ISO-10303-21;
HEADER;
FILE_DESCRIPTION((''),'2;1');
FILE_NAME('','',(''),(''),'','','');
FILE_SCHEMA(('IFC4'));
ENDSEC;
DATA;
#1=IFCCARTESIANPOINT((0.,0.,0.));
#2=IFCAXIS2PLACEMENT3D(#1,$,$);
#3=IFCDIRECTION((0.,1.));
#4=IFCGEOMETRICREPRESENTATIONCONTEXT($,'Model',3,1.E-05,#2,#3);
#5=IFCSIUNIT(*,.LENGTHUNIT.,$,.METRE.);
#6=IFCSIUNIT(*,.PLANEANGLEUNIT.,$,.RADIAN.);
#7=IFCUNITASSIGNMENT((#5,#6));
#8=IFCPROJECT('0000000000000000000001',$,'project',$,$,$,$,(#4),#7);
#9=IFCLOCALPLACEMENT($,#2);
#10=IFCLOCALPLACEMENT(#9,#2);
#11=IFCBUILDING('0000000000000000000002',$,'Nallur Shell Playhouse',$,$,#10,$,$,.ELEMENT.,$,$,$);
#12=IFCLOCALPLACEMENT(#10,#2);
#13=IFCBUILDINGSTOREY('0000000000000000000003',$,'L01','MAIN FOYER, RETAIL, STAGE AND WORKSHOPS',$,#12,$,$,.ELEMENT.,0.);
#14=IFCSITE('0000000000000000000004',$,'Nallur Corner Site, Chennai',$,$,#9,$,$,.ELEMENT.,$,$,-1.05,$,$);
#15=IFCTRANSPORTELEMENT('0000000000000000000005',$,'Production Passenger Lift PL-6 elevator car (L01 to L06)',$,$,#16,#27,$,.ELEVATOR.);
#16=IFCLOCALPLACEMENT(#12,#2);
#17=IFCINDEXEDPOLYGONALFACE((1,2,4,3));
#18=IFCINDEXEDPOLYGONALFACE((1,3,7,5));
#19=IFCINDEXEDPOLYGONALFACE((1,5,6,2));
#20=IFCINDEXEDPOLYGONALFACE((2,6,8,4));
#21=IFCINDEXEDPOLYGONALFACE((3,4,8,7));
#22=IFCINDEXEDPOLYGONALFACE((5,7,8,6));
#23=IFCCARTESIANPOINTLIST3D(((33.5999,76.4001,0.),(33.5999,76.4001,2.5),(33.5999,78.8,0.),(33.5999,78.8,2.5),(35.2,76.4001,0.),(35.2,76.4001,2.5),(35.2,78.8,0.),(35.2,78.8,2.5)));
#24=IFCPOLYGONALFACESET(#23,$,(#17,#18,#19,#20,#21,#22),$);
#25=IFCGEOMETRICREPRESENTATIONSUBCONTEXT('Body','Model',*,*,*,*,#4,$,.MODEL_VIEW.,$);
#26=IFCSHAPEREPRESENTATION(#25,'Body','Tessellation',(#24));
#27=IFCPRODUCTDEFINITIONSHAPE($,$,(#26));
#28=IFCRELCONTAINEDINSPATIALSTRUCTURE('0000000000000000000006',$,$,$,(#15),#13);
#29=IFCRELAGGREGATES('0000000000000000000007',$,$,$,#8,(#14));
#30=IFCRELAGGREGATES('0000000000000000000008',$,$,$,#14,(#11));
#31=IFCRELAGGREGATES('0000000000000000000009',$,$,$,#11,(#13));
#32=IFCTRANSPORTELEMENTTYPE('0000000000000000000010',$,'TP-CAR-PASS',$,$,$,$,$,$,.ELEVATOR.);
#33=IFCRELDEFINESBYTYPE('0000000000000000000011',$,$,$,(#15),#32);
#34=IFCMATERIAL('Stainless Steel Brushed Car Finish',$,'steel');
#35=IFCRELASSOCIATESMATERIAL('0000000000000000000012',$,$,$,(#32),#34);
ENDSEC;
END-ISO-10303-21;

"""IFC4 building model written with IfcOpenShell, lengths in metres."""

from ifc_helpers import new_model, si_unit, direction, frame, origin, origin_2d, place, context, subcontext, project, spatial, rectangle, extrude, material, type_object, element, save


model = new_model("IFC4")

# Units and contexts
model_context = context("Model", 3, precision=1e-05, world=origin(), true_north=direction((0.0, 1.0)))
body_context = subcontext(model_context, "Body", "Model", "MODEL_VIEW")
ifc_project = project(units=[si_unit("LENGTHUNIT", "METRE"), si_unit("PLANEANGLEUNIT", "RADIAN")], contexts=[model_context])

# Site, building, storey
site_placement = place(None, origin())
site = spatial("IfcSite", under=ifc_project, at=site_placement, Name="Nallur Corner Site, Chennai", CompositionType="ELEMENT", RefElevation=-1.05)
building_placement = place(site_placement, origin())
building = spatial("IfcBuilding", under=site, at=building_placement, Name="Nallur Shell Playhouse", CompositionType="ELEMENT")
storey_placement = place(building_placement, origin())
storey = spatial("IfcBuildingStorey", under=building, at=storey_placement, Name="L01", Description="MAIN FOYER, RETAIL, STAGE AND WORKSHOPS", CompositionType="ELEMENT", Elevation=0.0)

# Transport element
ifc_material_1 = material(Name="Stainless Steel Brushed Car Finish", Category="steel")
transport_element_type = type_object("IfcTransportElementType", Name="TP-CAR-PASS", PredefinedType="ELEVATOR", material=ifc_material_1)
transport_element_placement = place(storey_placement, frame((34.3999, 77.6001, 0.0), z_axis=(0.0, 0.0, 1.0), x_axis=(1.0, 0.0, 0.0)))
element("IfcTransportElement", 1, at=transport_element_placement, inside=storey, type_object=transport_element_type, Name="Production Passenger Lift PL-6 elevator car (L01 to L06)", PredefinedType="ELEVATOR", context=body_context, shape_type="SweptSolid", body=[
    extrude(rectangle(XDim=1.6001, YDim=2.3999, at=origin_2d()), origin(), (0.0, 0.0, 1.0), 2.5),
])

save(model, "model.ifc")
